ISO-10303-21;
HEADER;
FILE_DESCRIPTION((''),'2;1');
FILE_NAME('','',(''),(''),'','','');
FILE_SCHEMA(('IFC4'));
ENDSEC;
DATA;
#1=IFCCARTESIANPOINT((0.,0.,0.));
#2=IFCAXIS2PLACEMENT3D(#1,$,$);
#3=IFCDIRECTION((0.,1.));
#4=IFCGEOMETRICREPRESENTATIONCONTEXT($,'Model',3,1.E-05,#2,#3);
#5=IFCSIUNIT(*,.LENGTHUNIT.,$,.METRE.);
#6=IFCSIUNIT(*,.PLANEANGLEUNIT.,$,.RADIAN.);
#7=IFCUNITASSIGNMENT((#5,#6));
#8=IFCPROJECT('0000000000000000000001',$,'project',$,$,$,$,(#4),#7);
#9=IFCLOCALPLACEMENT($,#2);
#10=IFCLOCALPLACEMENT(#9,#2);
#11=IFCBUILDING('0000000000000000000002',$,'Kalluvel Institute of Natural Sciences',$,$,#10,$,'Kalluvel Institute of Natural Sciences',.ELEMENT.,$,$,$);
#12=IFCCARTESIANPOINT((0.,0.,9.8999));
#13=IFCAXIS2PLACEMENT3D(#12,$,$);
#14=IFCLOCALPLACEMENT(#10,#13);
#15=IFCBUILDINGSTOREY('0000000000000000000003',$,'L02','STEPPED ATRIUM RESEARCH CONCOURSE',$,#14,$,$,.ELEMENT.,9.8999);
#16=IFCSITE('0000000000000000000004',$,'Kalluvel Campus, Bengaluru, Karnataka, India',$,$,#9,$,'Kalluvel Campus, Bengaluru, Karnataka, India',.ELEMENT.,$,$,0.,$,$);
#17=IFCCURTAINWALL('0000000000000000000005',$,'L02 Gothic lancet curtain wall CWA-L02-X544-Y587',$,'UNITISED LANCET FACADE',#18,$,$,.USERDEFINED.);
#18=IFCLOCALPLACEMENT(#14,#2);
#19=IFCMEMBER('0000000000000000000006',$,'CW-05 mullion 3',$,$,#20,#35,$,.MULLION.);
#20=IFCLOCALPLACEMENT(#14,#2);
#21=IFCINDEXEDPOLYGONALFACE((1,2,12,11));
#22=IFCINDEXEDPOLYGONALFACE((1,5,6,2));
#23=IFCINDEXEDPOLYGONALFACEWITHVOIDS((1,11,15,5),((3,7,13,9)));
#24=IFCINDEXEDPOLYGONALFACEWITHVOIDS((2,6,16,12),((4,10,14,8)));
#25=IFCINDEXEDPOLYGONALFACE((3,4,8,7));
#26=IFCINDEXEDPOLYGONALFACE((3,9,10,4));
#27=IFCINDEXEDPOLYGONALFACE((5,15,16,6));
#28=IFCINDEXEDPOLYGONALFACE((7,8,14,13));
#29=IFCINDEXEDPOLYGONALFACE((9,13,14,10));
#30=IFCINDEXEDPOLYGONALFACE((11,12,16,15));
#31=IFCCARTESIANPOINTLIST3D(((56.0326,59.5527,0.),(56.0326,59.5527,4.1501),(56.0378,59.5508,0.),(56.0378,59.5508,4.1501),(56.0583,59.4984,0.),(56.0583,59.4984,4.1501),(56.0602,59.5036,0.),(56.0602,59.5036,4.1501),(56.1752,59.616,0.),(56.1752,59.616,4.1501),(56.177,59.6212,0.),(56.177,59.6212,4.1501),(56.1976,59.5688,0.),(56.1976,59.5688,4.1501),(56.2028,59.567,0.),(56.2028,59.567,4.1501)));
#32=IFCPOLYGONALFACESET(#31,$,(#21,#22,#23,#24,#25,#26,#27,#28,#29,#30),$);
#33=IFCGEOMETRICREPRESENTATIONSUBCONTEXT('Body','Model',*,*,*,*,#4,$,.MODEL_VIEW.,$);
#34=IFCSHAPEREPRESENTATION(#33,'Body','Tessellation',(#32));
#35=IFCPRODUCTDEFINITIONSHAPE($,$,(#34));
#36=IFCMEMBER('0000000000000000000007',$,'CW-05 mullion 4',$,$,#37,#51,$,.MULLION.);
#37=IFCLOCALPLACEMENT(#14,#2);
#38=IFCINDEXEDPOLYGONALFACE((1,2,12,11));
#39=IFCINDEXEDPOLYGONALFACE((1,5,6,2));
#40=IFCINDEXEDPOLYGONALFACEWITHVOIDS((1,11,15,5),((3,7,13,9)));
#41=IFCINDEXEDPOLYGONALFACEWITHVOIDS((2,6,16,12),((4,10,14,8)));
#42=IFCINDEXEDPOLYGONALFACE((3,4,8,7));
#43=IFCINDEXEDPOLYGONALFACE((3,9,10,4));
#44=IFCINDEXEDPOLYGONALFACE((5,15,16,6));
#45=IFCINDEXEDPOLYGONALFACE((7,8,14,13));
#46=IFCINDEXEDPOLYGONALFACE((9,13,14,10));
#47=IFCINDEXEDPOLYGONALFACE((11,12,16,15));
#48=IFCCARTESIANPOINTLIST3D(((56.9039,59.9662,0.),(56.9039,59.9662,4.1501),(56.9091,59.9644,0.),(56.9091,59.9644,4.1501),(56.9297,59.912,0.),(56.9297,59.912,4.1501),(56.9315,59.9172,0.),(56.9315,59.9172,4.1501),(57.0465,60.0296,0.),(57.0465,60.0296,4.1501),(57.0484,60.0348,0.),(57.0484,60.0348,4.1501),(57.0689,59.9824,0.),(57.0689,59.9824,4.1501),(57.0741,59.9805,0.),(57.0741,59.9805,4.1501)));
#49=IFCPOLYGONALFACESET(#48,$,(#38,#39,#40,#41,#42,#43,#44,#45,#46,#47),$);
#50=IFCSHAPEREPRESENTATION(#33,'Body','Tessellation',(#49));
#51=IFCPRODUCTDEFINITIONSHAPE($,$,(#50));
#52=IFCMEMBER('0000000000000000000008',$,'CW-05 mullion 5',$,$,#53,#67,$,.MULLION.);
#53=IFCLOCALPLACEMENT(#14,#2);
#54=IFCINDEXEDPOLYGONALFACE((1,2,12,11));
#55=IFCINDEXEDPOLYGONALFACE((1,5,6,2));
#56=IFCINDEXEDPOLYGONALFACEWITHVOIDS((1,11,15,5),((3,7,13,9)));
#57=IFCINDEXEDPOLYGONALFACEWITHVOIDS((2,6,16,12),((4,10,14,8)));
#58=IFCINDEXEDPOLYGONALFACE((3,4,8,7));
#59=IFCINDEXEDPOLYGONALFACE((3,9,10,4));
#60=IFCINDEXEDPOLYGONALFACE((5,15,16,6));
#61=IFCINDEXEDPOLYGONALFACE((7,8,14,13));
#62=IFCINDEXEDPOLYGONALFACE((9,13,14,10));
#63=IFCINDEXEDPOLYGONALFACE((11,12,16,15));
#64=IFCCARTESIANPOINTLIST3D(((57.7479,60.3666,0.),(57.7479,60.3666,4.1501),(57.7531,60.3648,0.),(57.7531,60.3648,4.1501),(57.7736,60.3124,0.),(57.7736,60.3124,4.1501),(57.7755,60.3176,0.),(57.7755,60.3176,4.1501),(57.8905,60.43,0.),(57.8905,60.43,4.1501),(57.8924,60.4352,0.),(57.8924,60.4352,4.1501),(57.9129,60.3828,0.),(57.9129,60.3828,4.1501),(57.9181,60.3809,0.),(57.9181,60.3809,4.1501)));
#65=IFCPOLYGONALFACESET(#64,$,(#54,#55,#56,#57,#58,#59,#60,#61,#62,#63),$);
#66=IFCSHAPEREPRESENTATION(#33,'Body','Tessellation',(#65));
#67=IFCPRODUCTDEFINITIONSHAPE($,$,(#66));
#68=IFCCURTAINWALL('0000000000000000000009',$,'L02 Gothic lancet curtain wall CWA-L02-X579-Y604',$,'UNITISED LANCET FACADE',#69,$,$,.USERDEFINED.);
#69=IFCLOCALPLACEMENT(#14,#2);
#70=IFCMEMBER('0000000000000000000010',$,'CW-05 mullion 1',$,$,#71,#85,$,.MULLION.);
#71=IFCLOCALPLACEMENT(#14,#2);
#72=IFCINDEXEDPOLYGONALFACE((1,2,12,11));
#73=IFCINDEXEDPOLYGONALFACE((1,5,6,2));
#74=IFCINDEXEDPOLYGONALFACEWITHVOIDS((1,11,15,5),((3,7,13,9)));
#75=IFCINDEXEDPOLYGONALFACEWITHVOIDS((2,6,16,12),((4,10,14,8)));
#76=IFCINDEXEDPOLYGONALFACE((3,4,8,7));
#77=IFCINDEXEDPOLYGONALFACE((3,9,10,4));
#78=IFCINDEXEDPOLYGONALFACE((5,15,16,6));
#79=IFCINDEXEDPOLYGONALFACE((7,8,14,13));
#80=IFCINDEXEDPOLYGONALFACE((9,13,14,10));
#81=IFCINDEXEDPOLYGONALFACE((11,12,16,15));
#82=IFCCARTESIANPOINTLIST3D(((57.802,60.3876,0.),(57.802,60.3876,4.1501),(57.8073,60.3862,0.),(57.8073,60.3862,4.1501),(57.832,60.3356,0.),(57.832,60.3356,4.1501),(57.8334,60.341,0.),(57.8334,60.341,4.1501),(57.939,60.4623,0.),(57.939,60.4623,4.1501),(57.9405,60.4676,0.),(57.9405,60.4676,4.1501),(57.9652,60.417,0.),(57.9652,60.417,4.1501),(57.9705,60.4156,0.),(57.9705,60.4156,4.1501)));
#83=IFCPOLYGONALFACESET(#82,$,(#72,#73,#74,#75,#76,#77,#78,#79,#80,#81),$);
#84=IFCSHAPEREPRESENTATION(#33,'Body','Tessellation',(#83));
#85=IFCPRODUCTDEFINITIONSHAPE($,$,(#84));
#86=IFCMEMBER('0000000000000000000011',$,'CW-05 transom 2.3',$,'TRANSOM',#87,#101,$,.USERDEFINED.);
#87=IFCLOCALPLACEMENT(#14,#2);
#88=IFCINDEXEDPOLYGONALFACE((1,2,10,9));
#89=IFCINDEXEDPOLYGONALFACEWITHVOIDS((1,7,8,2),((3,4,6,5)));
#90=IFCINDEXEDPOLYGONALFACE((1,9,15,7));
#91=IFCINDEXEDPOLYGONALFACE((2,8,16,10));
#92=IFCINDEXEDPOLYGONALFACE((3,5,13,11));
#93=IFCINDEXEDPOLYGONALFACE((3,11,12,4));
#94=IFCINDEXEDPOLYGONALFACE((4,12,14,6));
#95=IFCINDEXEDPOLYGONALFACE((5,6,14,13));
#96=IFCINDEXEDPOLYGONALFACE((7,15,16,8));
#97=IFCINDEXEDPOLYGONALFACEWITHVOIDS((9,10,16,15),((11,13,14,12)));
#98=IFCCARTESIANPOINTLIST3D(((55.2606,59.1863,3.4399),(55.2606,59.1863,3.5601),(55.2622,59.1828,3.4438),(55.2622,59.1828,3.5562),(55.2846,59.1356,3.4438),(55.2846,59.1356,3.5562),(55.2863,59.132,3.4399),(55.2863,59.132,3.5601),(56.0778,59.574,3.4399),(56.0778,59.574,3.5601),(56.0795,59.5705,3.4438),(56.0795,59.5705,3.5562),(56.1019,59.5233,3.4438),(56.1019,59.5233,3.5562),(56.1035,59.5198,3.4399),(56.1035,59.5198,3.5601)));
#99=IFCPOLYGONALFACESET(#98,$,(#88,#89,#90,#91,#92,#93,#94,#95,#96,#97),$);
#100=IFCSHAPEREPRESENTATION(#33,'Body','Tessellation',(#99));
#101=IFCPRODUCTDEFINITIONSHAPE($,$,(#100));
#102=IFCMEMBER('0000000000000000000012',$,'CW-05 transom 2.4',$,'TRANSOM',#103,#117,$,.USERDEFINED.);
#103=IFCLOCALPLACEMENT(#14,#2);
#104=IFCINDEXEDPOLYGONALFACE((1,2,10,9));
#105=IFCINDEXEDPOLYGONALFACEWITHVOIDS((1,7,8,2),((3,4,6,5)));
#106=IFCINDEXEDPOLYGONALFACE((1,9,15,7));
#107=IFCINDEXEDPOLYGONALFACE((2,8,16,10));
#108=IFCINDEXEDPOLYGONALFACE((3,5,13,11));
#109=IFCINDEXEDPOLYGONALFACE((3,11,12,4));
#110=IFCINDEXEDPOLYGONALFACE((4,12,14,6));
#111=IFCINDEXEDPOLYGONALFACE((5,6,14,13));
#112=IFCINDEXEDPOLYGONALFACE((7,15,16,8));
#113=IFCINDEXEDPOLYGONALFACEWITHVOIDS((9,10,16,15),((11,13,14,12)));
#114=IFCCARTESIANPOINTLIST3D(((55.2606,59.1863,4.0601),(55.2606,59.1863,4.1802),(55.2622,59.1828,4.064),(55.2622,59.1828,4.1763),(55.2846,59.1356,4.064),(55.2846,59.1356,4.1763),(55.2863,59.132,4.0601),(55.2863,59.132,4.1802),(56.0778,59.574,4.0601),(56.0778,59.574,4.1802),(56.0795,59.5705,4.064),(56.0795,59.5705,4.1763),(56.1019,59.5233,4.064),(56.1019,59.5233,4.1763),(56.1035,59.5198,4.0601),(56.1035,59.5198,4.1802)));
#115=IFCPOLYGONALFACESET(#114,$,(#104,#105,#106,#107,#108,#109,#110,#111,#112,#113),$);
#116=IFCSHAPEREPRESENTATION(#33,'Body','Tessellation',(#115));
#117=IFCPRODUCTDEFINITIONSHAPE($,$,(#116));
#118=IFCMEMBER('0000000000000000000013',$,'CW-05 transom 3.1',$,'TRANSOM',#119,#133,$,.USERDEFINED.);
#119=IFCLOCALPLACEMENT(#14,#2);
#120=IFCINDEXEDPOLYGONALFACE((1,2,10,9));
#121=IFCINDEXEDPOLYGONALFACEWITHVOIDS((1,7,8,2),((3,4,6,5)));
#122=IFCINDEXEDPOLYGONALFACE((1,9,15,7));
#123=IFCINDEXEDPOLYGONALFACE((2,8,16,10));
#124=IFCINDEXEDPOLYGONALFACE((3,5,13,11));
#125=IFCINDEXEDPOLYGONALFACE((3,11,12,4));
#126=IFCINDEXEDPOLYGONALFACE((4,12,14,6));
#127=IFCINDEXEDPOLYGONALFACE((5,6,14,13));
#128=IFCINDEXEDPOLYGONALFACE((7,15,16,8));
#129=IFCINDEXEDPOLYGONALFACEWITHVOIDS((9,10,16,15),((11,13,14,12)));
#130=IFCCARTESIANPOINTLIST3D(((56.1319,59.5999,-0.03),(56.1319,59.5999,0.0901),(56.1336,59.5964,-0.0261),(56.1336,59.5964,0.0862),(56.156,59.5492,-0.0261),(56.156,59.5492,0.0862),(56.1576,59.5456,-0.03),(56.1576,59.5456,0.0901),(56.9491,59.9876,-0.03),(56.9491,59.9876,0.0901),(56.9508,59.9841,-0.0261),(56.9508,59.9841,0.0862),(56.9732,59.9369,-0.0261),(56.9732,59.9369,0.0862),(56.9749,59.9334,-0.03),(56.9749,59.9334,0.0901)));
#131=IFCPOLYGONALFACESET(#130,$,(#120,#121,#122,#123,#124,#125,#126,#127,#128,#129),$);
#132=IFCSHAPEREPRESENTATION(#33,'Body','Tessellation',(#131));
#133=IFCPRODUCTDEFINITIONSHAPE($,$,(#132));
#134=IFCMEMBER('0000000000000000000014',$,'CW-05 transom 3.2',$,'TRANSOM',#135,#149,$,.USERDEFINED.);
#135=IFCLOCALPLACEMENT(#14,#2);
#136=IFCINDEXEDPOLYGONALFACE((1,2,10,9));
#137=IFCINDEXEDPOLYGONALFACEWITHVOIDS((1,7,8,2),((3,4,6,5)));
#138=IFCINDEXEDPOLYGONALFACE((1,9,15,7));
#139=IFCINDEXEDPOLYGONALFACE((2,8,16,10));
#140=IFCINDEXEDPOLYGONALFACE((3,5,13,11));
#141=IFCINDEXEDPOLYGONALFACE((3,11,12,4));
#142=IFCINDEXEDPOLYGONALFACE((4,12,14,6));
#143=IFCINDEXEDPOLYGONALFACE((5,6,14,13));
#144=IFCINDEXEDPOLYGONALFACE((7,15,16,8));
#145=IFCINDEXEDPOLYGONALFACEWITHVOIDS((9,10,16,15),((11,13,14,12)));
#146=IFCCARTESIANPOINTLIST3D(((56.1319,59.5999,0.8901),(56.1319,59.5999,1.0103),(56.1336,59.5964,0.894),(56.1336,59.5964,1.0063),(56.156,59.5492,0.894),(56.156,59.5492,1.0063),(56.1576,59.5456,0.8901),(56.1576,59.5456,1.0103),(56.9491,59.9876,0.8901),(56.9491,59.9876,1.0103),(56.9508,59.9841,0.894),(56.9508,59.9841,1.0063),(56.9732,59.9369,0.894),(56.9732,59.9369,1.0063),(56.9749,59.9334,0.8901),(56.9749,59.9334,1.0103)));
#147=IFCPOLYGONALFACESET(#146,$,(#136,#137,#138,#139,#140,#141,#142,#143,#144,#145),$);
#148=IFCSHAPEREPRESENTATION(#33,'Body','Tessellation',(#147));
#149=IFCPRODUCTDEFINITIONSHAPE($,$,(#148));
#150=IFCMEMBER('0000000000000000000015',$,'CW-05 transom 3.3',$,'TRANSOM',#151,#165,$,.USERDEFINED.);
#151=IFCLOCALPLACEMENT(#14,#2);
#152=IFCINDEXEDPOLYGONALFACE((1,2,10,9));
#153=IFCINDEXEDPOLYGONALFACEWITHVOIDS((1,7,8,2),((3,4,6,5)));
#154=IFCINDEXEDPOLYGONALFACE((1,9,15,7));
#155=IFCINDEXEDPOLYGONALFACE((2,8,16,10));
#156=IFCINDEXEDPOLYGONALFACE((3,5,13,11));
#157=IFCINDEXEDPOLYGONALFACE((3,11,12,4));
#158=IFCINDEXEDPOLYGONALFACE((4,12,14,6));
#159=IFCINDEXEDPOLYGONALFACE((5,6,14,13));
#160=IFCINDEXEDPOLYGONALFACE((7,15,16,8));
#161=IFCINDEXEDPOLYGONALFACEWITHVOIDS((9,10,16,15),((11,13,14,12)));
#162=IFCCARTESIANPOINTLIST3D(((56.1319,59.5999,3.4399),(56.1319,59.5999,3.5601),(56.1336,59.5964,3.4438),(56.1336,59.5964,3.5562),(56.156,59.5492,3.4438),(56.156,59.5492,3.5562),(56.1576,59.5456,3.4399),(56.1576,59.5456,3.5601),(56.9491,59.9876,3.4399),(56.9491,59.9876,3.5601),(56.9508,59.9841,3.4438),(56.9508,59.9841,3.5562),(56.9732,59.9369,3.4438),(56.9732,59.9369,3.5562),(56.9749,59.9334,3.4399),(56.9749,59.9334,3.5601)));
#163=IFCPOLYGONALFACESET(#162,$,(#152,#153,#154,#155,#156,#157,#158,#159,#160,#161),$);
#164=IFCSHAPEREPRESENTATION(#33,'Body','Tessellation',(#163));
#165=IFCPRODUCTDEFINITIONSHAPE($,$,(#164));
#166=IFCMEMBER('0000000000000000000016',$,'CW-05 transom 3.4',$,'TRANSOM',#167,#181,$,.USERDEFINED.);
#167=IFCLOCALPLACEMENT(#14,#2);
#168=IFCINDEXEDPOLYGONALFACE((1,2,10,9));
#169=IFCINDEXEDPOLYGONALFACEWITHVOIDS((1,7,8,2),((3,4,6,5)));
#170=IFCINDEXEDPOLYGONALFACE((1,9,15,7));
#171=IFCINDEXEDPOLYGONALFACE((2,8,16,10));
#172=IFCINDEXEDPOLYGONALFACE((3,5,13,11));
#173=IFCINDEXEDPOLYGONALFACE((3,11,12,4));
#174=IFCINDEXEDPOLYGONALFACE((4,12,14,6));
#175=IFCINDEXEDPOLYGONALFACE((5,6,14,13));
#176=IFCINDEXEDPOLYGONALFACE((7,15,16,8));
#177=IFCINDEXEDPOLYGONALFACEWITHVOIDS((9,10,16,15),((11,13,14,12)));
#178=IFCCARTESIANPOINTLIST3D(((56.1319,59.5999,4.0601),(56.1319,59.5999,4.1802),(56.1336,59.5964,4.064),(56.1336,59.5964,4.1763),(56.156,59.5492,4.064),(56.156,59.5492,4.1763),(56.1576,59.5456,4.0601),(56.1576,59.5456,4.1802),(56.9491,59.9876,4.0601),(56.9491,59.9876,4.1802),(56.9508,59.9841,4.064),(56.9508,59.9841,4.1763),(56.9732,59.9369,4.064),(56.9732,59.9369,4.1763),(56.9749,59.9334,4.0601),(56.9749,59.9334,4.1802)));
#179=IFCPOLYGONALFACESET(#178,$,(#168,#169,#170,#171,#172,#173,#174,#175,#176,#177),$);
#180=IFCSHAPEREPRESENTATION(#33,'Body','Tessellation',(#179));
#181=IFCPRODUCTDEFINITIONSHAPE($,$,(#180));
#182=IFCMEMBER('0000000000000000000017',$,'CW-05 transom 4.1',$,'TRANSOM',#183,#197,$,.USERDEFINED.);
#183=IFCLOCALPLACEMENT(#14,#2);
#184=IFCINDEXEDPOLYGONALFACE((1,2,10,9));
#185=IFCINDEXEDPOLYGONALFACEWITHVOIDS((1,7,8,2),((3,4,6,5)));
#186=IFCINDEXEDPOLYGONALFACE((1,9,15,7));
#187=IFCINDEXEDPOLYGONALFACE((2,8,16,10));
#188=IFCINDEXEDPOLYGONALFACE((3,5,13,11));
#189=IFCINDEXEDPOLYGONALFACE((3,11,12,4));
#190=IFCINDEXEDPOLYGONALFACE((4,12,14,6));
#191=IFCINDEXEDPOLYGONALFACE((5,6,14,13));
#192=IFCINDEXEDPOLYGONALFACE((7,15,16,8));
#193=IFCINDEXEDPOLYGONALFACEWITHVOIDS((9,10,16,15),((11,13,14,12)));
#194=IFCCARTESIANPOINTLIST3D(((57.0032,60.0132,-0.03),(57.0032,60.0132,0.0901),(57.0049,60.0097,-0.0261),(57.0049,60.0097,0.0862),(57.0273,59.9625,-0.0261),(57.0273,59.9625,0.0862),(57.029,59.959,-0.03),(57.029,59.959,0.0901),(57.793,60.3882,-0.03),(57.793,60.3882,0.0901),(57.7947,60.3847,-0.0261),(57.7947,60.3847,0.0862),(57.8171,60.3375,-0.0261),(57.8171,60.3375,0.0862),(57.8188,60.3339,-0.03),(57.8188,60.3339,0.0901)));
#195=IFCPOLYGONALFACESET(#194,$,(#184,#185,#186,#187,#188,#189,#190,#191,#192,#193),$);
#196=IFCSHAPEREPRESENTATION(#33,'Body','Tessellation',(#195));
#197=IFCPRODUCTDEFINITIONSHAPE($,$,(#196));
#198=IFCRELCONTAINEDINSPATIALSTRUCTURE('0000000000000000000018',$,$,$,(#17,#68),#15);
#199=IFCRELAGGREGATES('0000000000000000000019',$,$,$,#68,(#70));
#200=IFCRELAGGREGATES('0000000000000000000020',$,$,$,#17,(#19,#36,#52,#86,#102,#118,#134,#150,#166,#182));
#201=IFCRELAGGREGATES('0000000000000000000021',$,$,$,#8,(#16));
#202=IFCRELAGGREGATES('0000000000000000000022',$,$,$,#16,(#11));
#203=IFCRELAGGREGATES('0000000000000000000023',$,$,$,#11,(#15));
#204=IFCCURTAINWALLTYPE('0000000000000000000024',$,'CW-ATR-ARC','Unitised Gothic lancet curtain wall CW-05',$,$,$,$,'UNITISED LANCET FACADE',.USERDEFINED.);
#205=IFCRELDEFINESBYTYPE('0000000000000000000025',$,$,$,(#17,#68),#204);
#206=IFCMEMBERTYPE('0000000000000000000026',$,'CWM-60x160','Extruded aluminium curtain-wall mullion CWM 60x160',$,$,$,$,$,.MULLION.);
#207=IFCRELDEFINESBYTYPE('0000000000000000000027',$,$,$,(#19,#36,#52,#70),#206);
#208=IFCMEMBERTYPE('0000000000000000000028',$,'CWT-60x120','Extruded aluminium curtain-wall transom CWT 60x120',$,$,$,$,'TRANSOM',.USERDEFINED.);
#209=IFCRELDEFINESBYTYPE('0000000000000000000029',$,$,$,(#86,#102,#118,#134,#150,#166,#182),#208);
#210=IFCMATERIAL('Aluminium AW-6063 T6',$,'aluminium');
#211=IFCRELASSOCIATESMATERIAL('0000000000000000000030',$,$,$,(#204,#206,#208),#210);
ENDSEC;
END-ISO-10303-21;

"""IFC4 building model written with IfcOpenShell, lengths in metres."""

from ifc_helpers import new_model, si_unit, direction, frame, origin, origin_2d, place, context, subcontext, project, spatial, hollow_rectangle, extrude, material, material_profile, profile_set, type_object, element, aggregate, save


model = new_model("IFC4")

# Units and contexts
model_context = context("Model", 3, precision=1e-05, world=origin(), true_north=direction((0.0, 1.0)))
body_context = subcontext(model_context, "Body", "Model", "MODEL_VIEW")
ifc_project = project(units=[si_unit("LENGTHUNIT", "METRE"), si_unit("PLANEANGLEUNIT", "RADIAN")], contexts=[model_context])

# Site, building, storey
site_placement = place(None, origin())
site = spatial("IfcSite", under=ifc_project, at=site_placement, Name="Kalluvel Campus, Bengaluru, Karnataka, India", LongName="Kalluvel Campus, Bengaluru, Karnataka, India", CompositionType="ELEMENT", RefElevation=0.0)
building_placement = place(site_placement, origin())
building = spatial("IfcBuilding", under=site, at=building_placement, Name="Kalluvel Institute of Natural Sciences", LongName="Kalluvel Institute of Natural Sciences", CompositionType="ELEMENT")
storey_placement = place(building_placement, frame((0.0, 0.0, 9.8999)))
storey = spatial("IfcBuildingStorey", under=building, at=storey_placement, Name="L02", Description="STEPPED ATRIUM RESEARCH CONCOURSE", CompositionType="ELEMENT", Elevation=9.8999)

# Curtain wall, members
ifc_material_1 = material(Name="Aluminium AW-6063 T6", Category="aluminium")
curtain_wall_type = type_object("IfcCurtainWallType", Name="CW-ATR-ARC", Description="Unitised Gothic lancet curtain wall CW-05", ElementType="UNITISED LANCET FACADE", PredefinedType="USERDEFINED", material=ifc_material_1)
curtain_wall_1_placement = place(storey_placement, origin())
curtain_wall_1 = element("IfcCurtainWall", 1, at=curtain_wall_1_placement, inside=storey, type_object=curtain_wall_type, Name="L02 Gothic lancet curtain wall CWA-L02-X544-Y587", ObjectType="UNITISED LANCET FACADE", PredefinedType="USERDEFINED")
ifc_material_profile_1 = material_profile(ifc_material_1, hollow_rectangle(XDim=0.0601, YDim=0.1599, WallThickness=0.0039, at=origin_2d()), Name="CWM 60x160")
ifc_profile_set_1 = profile_set([ifc_material_profile_1], Name="Aluminium AW-6063 T6")
member_type_1 = type_object("IfcMemberType", Name="CWM-60x160", Description="Extruded aluminium curtain-wall mullion CWM 60x160", PredefinedType="MULLION", material=ifc_profile_set_1)
member_1_placement = place(storey_placement, frame((56.1177, 59.5598, 0.0), z_axis=(0.0, 0.0, 1.0), x_axis=(-0.428702, 0.903446, 0.0)))
member_1 = element("IfcMember", 2, at=member_1_placement, type_object=member_type_1, Name="CW-05 mullion 3", PredefinedType="MULLION", context=body_context, shape_type="SweptSolid", body=[
    extrude(hollow_rectangle(XDim=0.0601, YDim=0.1599, WallThickness=0.0039, at=origin_2d()), origin(), (0.0, 0.0, 1.0), 4.1501),
])
member_2_placement = place(storey_placement, frame((56.989, 59.9734, 0.0), z_axis=(0.0, 0.0, 1.0), x_axis=(-0.428702, 0.903446, 0.0)))
member_2 = element("IfcMember", 3, at=member_2_placement, type_object=member_type_1, Name="CW-05 mullion 4", PredefinedType="MULLION", context=body_context, shape_type="SweptSolid", body=[
    extrude(hollow_rectangle(XDim=0.0601, YDim=0.1599, WallThickness=0.0039, at=origin_2d()), origin(), (0.0, 0.0, 1.0), 4.1501),
])
member_3_placement = place(storey_placement, frame((57.833, 60.3738, 0.0), z_axis=(0.0, 0.0, 1.0), x_axis=(-0.428702, 0.903446, 0.0)))
member_3 = element("IfcMember", 4, at=member_3_placement, type_object=member_type_1, Name="CW-05 mullion 5", PredefinedType="MULLION", context=body_context, shape_type="SweptSolid", body=[
    extrude(hollow_rectangle(XDim=0.0601, YDim=0.1599, WallThickness=0.0039, at=origin_2d()), origin(), (0.0, 0.0, 1.0), 4.1501),
])

# Curtain wall, member
curtain_wall_2_placement = place(storey_placement, origin())
curtain_wall_2 = element("IfcCurtainWall", 5, at=curtain_wall_2_placement, inside=storey, type_object=curtain_wall_type, Name="L02 Gothic lancet curtain wall CWA-L02-X579-Y604", ObjectType="UNITISED LANCET FACADE", PredefinedType="USERDEFINED")
member_4_placement = place(storey_placement, frame((57.8862, 60.4016, 0.0), z_axis=(0.0, 0.0, 1.0), x_axis=(-0.499989, 0.866031, 0.0)))
member_4 = element("IfcMember", 6, at=member_4_placement, type_object=member_type_1, Name="CW-05 mullion 1", PredefinedType="MULLION", context=body_context, shape_type="SweptSolid", body=[
    extrude(hollow_rectangle(XDim=0.0601, YDim=0.1599, WallThickness=0.0039, at=origin_2d()), origin(), (0.0, 0.0, 1.0), 4.1501),
])

# Members
ifc_material_profile_2 = material_profile(ifc_material_1, hollow_rectangle(XDim=0.0601, YDim=0.1201, WallThickness=0.0039, at=origin_2d()), Name="CWT 60x120")
ifc_profile_set_2 = profile_set([ifc_material_profile_2], Name="Aluminium AW-6063 T6")
member_type_2 = type_object("IfcMemberType", Name="CWT-60x120", Description="Extruded aluminium curtain-wall transom CWT 60x120", ElementType="TRANSOM", PredefinedType="USERDEFINED", material=ifc_profile_set_2)
member_5_placement = place(storey_placement, frame((55.2734, 59.1592, 3.5), z_axis=(0.903468, 0.428655, 0.0), x_axis=(-0.428655, 0.903468, 0.0)))
member_5 = element("IfcMember", 7, at=member_5_placement, type_object=member_type_2, Name="CW-05 transom 2.3", ObjectType="TRANSOM", PredefinedType="USERDEFINED", context=body_context, shape_type="SweptSolid", body=[
    extrude(hollow_rectangle(XDim=0.0601, YDim=0.1201, WallThickness=0.0039, at=origin_2d()), origin(), (0.0, 0.0, 1.0), 0.9045),
])
member_6_placement = place(storey_placement, frame((55.2734, 59.1592, 4.1201), z_axis=(0.903468, 0.428655, 0.0), x_axis=(-0.428655, 0.903468, 0.0)))
member_6 = element("IfcMember", 8, at=member_6_placement, type_object=member_type_2, Name="CW-05 transom 2.4", ObjectType="TRANSOM", PredefinedType="USERDEFINED", context=body_context, shape_type="SweptSolid", body=[
    extrude(hollow_rectangle(XDim=0.0601, YDim=0.1201, WallThickness=0.0039, at=origin_2d()), origin(), (0.0, 0.0, 1.0), 0.9045),
])
member_7_placement = place(storey_placement, frame((56.1448, 59.5728, 0.03), z_axis=(0.903468, 0.428655, 0.0), x_axis=(-0.428655, 0.903468, 0.0)))
member_7 = element("IfcMember", 9, at=member_7_placement, type_object=member_type_2, Name="CW-05 transom 3.1", ObjectType="TRANSOM", PredefinedType="USERDEFINED", context=body_context, shape_type="SweptSolid", body=[
    extrude(hollow_rectangle(XDim=0.0601, YDim=0.1201, WallThickness=0.0039, at=origin_2d()), origin(), (0.0, 0.0, 1.0), 0.9045),
])
member_8_placement = place(storey_placement, frame((56.1448, 59.5728, 0.9502), z_axis=(0.903468, 0.428655, 0.0), x_axis=(-0.428655, 0.903468, 0.0)))
member_8 = element("IfcMember", 10, at=member_8_placement, type_object=member_type_2, Name="CW-05 transom 3.2", ObjectType="TRANSOM", PredefinedType="USERDEFINED", context=body_context, shape_type="SweptSolid", body=[
    extrude(hollow_rectangle(XDim=0.0601, YDim=0.1201, WallThickness=0.0039, at=origin_2d()), origin(), (0.0, 0.0, 1.0), 0.9045),
])
member_9_placement = place(storey_placement, frame((56.1448, 59.5728, 3.5), z_axis=(0.903468, 0.428655, 0.0), x_axis=(-0.428655, 0.903468, 0.0)))
member_9 = element("IfcMember", 11, at=member_9_placement, type_object=member_type_2, Name="CW-05 transom 3.3", ObjectType="TRANSOM", PredefinedType="USERDEFINED", context=body_context, shape_type="SweptSolid", body=[
    extrude(hollow_rectangle(XDim=0.0601, YDim=0.1201, WallThickness=0.0039, at=origin_2d()), origin(), (0.0, 0.0, 1.0), 0.9045),
])
member_10_placement = place(storey_placement, frame((56.1448, 59.5728, 4.1201), z_axis=(0.903468, 0.428655, 0.0), x_axis=(-0.428655, 0.903468, 0.0)))
member_10 = element("IfcMember", 12, at=member_10_placement, type_object=member_type_2, Name="CW-05 transom 3.4", ObjectType="TRANSOM", PredefinedType="USERDEFINED", context=body_context, shape_type="SweptSolid", body=[
    extrude(hollow_rectangle(XDim=0.0601, YDim=0.1201, WallThickness=0.0039, at=origin_2d()), origin(), (0.0, 0.0, 1.0), 0.9045),
])
member_11_placement = place(storey_placement, frame((57.0161, 59.9861, 0.03), z_axis=(0.903345, 0.428914, 0.0), x_axis=(-0.428914, 0.903345, 0.0)))
member_11 = element("IfcMember", 13, at=member_11_placement, type_object=member_type_2, Name="CW-05 transom 4.1", ObjectType="TRANSOM", PredefinedType="USERDEFINED", context=body_context, shape_type="SweptSolid", body=[
    extrude(hollow_rectangle(XDim=0.0601, YDim=0.1201, WallThickness=0.0039, at=origin_2d()), origin(), (0.0, 0.0, 1.0), 0.8743),
])
aggregate(curtain_wall_2, [member_4])

aggregate(curtain_wall_1, [member_1, member_2, member_3, member_5, member_6, member_7, member_8, member_9, member_10, member_11])

save(model, "model.ifc")
